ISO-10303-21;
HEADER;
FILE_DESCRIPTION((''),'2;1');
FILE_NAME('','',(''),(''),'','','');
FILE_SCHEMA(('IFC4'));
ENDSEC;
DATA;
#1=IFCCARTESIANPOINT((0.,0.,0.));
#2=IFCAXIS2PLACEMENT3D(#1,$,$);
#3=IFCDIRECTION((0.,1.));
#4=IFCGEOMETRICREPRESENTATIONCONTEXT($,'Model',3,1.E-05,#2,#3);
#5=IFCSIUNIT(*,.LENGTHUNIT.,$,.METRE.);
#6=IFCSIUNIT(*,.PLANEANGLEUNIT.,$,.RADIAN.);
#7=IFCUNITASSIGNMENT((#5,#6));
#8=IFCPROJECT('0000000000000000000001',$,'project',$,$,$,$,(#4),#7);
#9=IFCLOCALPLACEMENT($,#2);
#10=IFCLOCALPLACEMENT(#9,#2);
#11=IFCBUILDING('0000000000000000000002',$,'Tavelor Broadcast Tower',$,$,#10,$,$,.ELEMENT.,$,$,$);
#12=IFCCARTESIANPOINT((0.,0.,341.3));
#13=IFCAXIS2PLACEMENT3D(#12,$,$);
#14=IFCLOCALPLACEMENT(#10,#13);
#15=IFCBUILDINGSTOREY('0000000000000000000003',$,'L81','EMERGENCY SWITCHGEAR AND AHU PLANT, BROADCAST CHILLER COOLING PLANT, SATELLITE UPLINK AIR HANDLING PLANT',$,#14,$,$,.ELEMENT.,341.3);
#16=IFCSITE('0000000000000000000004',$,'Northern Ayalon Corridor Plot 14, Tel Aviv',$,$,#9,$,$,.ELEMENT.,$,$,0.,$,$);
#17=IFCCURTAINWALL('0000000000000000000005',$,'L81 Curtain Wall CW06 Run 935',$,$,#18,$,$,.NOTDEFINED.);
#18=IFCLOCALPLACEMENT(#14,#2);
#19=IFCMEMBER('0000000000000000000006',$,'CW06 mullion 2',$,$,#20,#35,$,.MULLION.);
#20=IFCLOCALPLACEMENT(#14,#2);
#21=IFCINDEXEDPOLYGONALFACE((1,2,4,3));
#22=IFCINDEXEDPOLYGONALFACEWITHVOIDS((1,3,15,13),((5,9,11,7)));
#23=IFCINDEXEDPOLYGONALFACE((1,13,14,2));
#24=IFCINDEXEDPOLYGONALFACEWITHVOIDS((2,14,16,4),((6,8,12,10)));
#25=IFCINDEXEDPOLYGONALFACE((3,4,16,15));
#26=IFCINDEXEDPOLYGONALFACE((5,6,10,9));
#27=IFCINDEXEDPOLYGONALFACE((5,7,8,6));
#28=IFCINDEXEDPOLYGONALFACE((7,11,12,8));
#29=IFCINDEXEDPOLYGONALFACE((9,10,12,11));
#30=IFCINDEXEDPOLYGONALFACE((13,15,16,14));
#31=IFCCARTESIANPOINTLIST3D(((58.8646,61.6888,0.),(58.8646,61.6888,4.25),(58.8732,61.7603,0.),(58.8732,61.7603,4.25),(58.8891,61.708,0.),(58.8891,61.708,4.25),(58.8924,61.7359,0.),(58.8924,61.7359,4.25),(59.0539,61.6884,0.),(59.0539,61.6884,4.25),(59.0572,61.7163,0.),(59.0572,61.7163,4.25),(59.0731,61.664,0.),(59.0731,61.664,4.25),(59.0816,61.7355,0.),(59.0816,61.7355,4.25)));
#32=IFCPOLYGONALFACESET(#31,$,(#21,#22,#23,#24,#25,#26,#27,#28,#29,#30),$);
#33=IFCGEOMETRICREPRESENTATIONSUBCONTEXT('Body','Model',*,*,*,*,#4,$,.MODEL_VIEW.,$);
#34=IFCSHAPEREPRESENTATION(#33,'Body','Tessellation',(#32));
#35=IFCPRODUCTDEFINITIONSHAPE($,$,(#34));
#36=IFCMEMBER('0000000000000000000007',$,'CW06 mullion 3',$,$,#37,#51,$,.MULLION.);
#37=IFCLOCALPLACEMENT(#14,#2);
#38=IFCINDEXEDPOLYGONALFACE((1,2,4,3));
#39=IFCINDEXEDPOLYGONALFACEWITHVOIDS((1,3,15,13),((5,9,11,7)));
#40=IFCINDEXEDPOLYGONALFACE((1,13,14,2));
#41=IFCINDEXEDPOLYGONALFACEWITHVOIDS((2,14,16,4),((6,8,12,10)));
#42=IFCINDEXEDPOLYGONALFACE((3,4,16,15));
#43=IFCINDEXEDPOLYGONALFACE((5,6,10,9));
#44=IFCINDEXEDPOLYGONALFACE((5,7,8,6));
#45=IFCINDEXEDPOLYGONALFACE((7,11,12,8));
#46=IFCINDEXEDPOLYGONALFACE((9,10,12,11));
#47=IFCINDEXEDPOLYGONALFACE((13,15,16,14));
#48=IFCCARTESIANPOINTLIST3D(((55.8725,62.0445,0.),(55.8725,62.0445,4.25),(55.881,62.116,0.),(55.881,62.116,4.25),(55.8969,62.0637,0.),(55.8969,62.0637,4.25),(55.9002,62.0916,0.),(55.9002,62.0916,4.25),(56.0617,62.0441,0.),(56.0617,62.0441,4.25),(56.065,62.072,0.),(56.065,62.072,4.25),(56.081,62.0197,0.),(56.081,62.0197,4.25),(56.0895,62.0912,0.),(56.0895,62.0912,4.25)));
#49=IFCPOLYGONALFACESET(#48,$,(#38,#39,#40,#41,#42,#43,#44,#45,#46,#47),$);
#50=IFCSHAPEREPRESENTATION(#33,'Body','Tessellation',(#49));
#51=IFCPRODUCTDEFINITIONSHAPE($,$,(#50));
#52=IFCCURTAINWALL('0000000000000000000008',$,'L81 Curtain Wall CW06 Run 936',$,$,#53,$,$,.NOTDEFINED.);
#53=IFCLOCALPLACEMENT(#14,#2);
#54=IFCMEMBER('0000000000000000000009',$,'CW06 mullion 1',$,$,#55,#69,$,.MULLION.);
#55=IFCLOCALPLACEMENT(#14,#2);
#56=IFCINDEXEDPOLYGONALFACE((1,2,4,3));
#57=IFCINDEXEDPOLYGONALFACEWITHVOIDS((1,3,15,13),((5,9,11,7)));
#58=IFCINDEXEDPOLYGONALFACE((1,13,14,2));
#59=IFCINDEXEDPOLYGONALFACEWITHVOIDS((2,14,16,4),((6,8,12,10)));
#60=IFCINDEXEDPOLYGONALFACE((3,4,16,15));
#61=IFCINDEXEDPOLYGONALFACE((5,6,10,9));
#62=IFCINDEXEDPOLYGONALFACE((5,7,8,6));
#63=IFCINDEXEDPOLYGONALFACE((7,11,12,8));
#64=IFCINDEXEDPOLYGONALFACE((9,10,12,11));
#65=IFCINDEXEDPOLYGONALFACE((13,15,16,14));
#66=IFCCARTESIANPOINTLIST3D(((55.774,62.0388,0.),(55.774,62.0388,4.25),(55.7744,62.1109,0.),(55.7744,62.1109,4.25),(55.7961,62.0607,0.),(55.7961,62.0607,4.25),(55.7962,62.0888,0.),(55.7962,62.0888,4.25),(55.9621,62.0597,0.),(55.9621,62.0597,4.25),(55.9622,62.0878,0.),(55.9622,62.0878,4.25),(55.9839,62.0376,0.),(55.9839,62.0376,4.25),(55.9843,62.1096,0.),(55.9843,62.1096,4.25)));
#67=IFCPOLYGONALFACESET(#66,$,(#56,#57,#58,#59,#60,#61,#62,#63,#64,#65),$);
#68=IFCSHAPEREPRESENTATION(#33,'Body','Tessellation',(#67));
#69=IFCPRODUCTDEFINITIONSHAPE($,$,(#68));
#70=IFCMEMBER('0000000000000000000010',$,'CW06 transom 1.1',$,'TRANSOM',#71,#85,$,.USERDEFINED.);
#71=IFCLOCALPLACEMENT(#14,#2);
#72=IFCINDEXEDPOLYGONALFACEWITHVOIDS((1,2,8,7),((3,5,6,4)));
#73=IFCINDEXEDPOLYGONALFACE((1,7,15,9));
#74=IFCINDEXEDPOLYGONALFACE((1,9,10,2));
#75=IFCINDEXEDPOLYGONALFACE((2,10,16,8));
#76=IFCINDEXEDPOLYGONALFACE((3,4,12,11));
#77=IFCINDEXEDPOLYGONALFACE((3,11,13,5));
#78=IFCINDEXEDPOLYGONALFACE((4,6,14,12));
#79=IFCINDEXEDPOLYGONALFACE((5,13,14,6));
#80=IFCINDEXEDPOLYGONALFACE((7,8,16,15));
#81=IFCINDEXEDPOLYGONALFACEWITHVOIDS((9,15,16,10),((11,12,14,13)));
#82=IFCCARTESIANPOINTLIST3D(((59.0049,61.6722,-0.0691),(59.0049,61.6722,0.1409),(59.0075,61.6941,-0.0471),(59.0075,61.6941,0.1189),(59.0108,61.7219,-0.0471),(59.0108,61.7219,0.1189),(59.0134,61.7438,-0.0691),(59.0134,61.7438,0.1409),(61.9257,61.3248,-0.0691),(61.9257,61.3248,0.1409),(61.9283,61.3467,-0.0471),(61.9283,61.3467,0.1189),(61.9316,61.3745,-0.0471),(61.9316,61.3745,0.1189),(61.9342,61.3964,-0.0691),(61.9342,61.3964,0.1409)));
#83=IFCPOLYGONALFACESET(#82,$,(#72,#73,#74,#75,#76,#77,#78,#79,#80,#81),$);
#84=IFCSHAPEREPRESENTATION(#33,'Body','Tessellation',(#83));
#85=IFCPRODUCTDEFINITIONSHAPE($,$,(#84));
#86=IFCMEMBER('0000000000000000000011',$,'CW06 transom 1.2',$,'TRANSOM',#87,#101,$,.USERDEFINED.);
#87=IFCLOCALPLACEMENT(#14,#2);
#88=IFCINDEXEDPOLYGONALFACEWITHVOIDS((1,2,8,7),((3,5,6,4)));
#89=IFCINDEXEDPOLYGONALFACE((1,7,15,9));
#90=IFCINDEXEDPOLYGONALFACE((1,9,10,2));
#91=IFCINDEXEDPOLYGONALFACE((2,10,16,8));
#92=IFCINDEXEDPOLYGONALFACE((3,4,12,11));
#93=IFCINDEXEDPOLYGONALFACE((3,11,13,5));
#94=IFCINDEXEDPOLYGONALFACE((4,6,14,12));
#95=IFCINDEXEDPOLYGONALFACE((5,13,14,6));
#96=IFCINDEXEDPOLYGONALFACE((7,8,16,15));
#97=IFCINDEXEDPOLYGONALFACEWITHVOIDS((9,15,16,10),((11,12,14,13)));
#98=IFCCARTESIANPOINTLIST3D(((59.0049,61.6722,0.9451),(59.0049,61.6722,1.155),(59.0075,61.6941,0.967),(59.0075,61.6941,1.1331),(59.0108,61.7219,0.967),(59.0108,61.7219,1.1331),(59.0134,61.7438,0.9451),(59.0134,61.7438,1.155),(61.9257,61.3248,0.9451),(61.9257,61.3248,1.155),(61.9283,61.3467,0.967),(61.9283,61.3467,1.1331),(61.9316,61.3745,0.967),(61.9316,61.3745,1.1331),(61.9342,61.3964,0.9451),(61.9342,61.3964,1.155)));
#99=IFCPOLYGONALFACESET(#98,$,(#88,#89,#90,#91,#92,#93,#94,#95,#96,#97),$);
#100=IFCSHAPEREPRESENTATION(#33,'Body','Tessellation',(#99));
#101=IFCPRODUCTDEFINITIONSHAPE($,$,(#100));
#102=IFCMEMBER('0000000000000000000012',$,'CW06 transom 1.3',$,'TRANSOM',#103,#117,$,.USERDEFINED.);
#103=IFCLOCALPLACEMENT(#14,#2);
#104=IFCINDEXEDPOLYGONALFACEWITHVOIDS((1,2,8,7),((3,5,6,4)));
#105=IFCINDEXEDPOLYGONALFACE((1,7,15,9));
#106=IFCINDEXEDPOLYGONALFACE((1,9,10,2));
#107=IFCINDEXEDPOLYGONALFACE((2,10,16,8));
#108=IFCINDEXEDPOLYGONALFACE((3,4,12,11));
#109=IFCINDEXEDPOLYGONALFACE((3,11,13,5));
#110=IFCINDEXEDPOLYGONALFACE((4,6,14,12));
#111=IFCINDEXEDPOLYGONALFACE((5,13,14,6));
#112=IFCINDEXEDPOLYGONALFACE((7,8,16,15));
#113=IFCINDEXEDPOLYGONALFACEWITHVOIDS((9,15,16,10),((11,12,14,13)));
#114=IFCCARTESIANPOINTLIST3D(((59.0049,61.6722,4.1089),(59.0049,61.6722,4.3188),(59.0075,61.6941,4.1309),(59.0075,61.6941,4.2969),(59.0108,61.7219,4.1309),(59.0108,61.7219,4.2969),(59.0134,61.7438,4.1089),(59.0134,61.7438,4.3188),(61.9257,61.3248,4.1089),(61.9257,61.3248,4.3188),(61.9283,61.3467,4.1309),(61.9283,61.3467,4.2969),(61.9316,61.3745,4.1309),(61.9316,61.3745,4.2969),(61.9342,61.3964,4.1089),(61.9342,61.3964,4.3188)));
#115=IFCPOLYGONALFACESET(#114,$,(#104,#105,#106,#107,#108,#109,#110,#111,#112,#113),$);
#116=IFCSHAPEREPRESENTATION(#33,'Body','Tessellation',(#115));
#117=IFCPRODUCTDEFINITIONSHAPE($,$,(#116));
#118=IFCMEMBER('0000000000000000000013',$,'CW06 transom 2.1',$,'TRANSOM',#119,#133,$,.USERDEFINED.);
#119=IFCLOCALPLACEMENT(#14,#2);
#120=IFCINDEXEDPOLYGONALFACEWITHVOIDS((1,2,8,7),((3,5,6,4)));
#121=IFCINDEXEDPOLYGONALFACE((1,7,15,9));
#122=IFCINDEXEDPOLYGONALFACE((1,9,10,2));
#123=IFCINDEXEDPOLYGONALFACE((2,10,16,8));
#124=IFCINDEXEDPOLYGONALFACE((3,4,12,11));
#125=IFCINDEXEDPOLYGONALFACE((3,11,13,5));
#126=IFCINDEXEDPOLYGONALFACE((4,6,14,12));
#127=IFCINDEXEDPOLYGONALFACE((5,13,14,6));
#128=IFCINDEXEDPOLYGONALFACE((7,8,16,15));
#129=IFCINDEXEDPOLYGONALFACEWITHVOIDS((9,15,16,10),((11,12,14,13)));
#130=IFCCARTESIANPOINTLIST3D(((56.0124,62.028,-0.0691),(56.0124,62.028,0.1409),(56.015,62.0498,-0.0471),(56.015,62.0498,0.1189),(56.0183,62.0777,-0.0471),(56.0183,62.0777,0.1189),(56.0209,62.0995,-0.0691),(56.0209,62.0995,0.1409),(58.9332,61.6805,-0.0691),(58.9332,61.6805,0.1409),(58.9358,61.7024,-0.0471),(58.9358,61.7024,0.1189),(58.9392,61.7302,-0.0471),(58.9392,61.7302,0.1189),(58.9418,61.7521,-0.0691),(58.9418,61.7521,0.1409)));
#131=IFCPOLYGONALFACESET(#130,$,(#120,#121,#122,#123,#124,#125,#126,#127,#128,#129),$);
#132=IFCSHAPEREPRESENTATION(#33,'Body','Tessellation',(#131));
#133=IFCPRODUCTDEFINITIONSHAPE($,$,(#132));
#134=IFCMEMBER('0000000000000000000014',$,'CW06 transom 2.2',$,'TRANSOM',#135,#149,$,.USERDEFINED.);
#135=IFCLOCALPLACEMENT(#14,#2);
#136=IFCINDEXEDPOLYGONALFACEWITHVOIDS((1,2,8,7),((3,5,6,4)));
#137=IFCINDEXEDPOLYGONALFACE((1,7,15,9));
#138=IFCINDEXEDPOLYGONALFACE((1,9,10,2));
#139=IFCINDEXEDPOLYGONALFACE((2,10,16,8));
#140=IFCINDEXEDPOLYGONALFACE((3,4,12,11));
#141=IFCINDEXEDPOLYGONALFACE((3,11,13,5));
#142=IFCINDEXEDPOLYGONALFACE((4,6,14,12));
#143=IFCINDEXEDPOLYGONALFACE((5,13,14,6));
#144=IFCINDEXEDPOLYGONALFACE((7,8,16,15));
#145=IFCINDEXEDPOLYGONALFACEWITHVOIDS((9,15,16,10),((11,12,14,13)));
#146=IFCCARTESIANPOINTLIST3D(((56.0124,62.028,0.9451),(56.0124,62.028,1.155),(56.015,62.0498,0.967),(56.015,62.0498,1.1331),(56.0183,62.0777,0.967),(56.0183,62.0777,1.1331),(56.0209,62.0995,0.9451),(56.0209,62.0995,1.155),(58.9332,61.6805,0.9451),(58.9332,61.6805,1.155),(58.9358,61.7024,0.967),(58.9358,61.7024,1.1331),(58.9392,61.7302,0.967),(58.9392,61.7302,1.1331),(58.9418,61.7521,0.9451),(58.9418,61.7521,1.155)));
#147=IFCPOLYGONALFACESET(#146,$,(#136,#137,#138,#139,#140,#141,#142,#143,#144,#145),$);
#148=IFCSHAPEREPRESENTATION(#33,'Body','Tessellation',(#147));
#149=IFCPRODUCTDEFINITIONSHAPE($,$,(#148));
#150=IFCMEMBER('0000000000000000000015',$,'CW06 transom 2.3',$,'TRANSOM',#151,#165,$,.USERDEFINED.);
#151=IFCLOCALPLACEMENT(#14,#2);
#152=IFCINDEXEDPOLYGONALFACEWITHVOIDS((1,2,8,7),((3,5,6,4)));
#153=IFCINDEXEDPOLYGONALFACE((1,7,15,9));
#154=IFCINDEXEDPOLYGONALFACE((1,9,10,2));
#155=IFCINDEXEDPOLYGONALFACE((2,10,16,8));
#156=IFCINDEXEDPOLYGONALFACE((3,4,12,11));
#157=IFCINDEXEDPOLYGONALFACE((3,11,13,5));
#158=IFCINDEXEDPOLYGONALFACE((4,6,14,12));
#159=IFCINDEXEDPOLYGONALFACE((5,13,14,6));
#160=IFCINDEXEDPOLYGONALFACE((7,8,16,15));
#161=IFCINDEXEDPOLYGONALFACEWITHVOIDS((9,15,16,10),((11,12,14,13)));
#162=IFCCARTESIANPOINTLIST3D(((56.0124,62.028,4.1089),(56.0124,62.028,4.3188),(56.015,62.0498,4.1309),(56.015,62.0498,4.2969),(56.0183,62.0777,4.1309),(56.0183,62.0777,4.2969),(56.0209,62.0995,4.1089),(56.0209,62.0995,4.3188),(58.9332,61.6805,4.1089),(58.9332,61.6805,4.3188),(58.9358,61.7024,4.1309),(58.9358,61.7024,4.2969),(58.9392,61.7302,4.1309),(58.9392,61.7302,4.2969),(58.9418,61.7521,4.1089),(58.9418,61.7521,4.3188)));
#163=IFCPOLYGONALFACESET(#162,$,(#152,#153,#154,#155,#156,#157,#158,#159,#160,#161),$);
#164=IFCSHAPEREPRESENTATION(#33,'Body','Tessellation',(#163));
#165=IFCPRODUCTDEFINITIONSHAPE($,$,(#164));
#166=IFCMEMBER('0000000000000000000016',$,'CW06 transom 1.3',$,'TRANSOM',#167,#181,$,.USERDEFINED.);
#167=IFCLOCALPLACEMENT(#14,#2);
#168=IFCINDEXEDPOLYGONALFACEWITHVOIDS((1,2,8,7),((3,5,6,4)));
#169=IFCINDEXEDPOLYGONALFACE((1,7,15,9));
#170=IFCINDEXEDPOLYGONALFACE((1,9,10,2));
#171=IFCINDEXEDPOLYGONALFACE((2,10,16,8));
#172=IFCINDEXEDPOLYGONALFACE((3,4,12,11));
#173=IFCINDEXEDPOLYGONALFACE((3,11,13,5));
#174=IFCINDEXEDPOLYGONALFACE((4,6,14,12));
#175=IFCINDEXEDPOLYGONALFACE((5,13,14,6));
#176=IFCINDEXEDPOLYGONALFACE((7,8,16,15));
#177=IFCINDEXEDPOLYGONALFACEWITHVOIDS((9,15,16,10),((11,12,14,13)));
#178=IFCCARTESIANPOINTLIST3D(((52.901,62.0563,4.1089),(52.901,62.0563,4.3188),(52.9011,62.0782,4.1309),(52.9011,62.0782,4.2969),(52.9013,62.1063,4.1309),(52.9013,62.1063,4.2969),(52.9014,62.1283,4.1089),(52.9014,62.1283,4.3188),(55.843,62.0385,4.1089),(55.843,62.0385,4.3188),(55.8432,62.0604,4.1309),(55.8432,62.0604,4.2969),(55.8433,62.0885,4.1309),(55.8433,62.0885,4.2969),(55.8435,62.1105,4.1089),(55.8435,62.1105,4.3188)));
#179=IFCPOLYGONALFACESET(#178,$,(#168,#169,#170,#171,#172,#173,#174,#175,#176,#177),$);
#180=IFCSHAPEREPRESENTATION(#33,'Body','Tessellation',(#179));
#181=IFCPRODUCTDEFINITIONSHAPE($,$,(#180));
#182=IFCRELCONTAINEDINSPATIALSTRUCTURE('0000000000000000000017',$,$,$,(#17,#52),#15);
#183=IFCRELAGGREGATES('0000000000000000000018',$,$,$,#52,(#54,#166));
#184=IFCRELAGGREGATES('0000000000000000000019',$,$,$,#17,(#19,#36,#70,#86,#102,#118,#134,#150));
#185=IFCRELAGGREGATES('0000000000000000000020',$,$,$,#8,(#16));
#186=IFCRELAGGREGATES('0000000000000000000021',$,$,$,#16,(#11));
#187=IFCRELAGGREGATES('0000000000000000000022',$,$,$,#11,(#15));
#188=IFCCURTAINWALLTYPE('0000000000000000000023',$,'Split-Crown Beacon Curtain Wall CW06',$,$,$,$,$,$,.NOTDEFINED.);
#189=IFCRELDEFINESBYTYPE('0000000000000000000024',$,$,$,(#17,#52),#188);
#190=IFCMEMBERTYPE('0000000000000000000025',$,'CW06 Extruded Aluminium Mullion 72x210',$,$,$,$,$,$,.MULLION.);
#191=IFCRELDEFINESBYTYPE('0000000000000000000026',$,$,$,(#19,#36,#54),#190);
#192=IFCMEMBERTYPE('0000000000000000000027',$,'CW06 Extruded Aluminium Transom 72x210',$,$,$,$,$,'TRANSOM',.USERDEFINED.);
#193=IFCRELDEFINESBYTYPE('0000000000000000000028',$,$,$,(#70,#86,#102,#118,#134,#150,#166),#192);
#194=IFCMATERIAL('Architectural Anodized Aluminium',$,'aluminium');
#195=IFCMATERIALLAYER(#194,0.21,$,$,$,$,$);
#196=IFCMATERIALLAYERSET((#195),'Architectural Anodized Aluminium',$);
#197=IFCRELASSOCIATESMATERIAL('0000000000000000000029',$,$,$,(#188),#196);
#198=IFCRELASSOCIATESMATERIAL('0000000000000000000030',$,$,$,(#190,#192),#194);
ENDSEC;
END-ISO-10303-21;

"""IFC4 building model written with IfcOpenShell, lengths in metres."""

from ifc_helpers import new_model, si_unit, direction, frame, origin, origin_2d, place, context, subcontext, project, spatial, hollow_rectangle, extrude, source, transform, mapped, material, layer, layer_set, material_profile, profile_set, type_object, type_shapes, element, aggregate, save


model = new_model("IFC4")

# Units and contexts
model_context = context("Model", 3, precision=1e-05, world=origin(), true_north=direction((0.0, 1.0)))
body_context = subcontext(model_context, "Body", "Model", "MODEL_VIEW")
ifc_project = project(units=[si_unit("LENGTHUNIT", "METRE"), si_unit("PLANEANGLEUNIT", "RADIAN")], contexts=[model_context])

# Site, building, storey
site_placement = place(None, origin())
site = spatial("IfcSite", under=ifc_project, at=site_placement, Name="Northern Ayalon Corridor Plot 14, Tel Aviv", CompositionType="ELEMENT", RefElevation=0.0)
building_placement = place(site_placement, origin())
building = spatial("IfcBuilding", under=site, at=building_placement, Name="Tavelor Broadcast Tower", CompositionType="ELEMENT")
storey_placement = place(building_placement, frame((0.0, 0.0, 341.3)))
storey = spatial("IfcBuildingStorey", under=building, at=storey_placement, Name="L81", Description="EMERGENCY SWITCHGEAR AND AHU PLANT, BROADCAST CHILLER COOLING PLANT, SATELLITE UPLINK AIR HANDLING PLANT", CompositionType="ELEMENT", Elevation=341.3)

# Shared definitions
ifc_material_1 = material(Name="Architectural Anodized Aluminium", Category="aluminium")
ifc_layer_1 = layer(ifc_material_1, 0.21)
ifc_layer_set_1 = layer_set([ifc_layer_1], Name="Architectural Anodized Aluminium")
curtain_wall_type = type_object("IfcCurtainWallType", Name="Split-Crown Beacon Curtain Wall CW06", PredefinedType="NOTDEFINED", material=ifc_layer_set_1)
ifc_material_profile_1 = material_profile(ifc_material_1, hollow_rectangle(XDim=0.072, YDim=0.21, WallThickness=0.022, at=origin_2d()), Name="RHS 72x210x22")
ifc_profile_set_1 = profile_set([ifc_material_profile_1], Name="Architectural Anodized Aluminium")
member_type_1 = type_object("IfcMemberType", Name="CW06 Extruded Aluminium Mullion 72x210", PredefinedType="MULLION", material=ifc_profile_set_1)
shared_shape_1 = source(origin(), body_context, "Body", "SweptSolid", [
    extrude(hollow_rectangle(XDim=0.072, YDim=0.21, WallThickness=0.022, at=origin_2d()), origin(), (0.0, 0.0, 1.0), 4.25),
])
type_shapes(member_type_1, [shared_shape_1])

# Curtain wall, members
curtain_wall_1_placement = place(storey_placement, origin())
curtain_wall_1 = element("IfcCurtainWall", 1, at=curtain_wall_1_placement, inside=storey, type_object=curtain_wall_type, Name="L81 Curtain Wall CW06 Run 935", PredefinedType="NOTDEFINED")
member_1_placement = place(storey_placement, frame((58.9731, 61.7122, 0.0), z_axis=(0.0, 0.0, 1.0), x_axis=(-0.118069, -0.993005, 0.0)))
member_1 = element("IfcMember", 2, at=member_1_placement, type_object=member_type_1, Name="CW06 mullion 2", PredefinedType="MULLION", context=body_context, shape_type="MappedRepresentation", body=[
    mapped(shared_shape_1, transform((0.0, 0.0, 0.0), scale=1.0)),
])
member_2_placement = place(storey_placement, frame((55.981, 62.0679, 0.0), z_axis=(0.0, 0.0, 1.0), x_axis=(-0.118069, -0.993005, 0.0)))
member_2 = element("IfcMember", 3, at=member_2_placement, type_object=member_type_1, Name="CW06 mullion 3", PredefinedType="MULLION", context=body_context, shape_type="MappedRepresentation", body=[
    mapped(shared_shape_1, transform((0.0, 0.0, 0.0), scale=1.0)),
])

# Curtain wall, member
curtain_wall_2_placement = place(storey_placement, origin())
curtain_wall_2 = element("IfcCurtainWall", 4, at=curtain_wall_2_placement, inside=storey, type_object=curtain_wall_type, Name="L81 Curtain Wall CW06 Run 936", PredefinedType="NOTDEFINED")
member_3_placement = place(storey_placement, frame((55.8792, 62.0742, 0.0), z_axis=(0.0, 0.0, 1.0), x_axis=(-0.006082, -0.999982, 0.0)))
member_3 = element("IfcMember", 5, at=member_3_placement, type_object=member_type_1, Name="CW06 mullion 1", PredefinedType="MULLION", context=body_context, shape_type="MappedRepresentation", body=[
    mapped(shared_shape_1, transform((0.0, 0.0, 0.0), scale=1.0)),
])

# Members
ifc_material_profile_2 = material_profile(ifc_material_1, hollow_rectangle(XDim=0.072, YDim=0.21, WallThickness=0.022, at=origin_2d()), Name="RHS 72x210x22")
ifc_profile_set_2 = profile_set([ifc_material_profile_2], Name="Architectural Anodized Aluminium")
member_type_2 = type_object("IfcMemberType", Name="CW06 Extruded Aluminium Transom 72x210", ElementType="TRANSOM", PredefinedType="USERDEFINED", material=ifc_profile_set_2)
shared_shape_2 = source(origin(), body_context, "Body", "SweptSolid", [
    extrude(hollow_rectangle(XDim=0.072, YDim=0.21, WallThickness=0.022, at=origin_2d()), origin(), (0.0, 0.0, 1.0), 2.9414),
])
member_4_placement = place(storey_placement, frame((61.9299, 61.3606, 0.0359), z_axis=(-0.993001, 0.118108, 0.0), x_axis=(-0.118108, -0.993001, 0.0)))
member_4 = element("IfcMember", 6, at=member_4_placement, type_object=member_type_2, Name="CW06 transom 1.1", ObjectType="TRANSOM", PredefinedType="USERDEFINED", context=body_context, shape_type="MappedRepresentation", body=[
    mapped(shared_shape_2, transform((0.0, 0.0, 0.0), scale=1.0)),
])
member_5_placement = place(storey_placement, frame((61.9299, 61.3606, 1.05), z_axis=(-0.993001, 0.118108, 0.0), x_axis=(-0.118108, -0.993001, 0.0)))
member_5 = element("IfcMember", 7, at=member_5_placement, type_object=member_type_2, Name="CW06 transom 1.2", ObjectType="TRANSOM", PredefinedType="USERDEFINED", context=body_context, shape_type="MappedRepresentation", body=[
    mapped(shared_shape_2, transform((0.0, 0.0, 0.0), scale=1.0)),
])
member_6_placement = place(storey_placement, frame((61.9299, 61.3606, 4.2139), z_axis=(-0.993001, 0.118108, 0.0), x_axis=(-0.118108, -0.993001, 0.0)))
member_6 = element("IfcMember", 8, at=member_6_placement, type_object=member_type_2, Name="CW06 transom 1.3", ObjectType="TRANSOM", PredefinedType="USERDEFINED", context=body_context, shape_type="MappedRepresentation", body=[
    mapped(shared_shape_2, transform((0.0, 0.0, 0.0), scale=1.0)),
])
member_7_placement = place(storey_placement, frame((58.9375, 61.7163, 0.0359), z_axis=(-0.993001, 0.118108, 0.0), x_axis=(-0.118108, -0.993001, 0.0)))
member_7 = element("IfcMember", 9, at=member_7_placement, type_object=member_type_2, Name="CW06 transom 2.1", ObjectType="TRANSOM", PredefinedType="USERDEFINED", context=body_context, shape_type="MappedRepresentation", body=[
    mapped(shared_shape_2, transform((0.0, 0.0, 0.0), scale=1.0)),
])
member_8_placement = place(storey_placement, frame((58.9375, 61.7163, 1.05), z_axis=(-0.993001, 0.118108, 0.0), x_axis=(-0.118108, -0.993001, 0.0)))
member_8 = element("IfcMember", 10, at=member_8_placement, type_object=member_type_2, Name="CW06 transom 2.2", ObjectType="TRANSOM", PredefinedType="USERDEFINED", context=body_context, shape_type="MappedRepresentation", body=[
    mapped(shared_shape_2, transform((0.0, 0.0, 0.0), scale=1.0)),
])
member_9_placement = place(storey_placement, frame((58.9375, 61.7163, 4.2139), z_axis=(-0.993001, 0.118108, 0.0), x_axis=(-0.118108, -0.993001, 0.0)))
member_9 = element("IfcMember", 11, at=member_9_placement, type_object=member_type_2, Name="CW06 transom 2.3", ObjectType="TRANSOM", PredefinedType="USERDEFINED", context=body_context, shape_type="MappedRepresentation", body=[
    mapped(shared_shape_2, transform((0.0, 0.0, 0.0), scale=1.0)),
])
shared_shape_3 = source(origin(), body_context, "Body", "SweptSolid", [
    extrude(hollow_rectangle(XDim=0.072, YDim=0.21, WallThickness=0.022, at=origin_2d()), origin(), (0.0, 0.0, 1.0), 2.9421),
])
type_shapes(member_type_2, [shared_shape_2, shared_shape_3])
member_10_placement = place(storey_placement, frame((55.8433, 62.0745, 4.2139), z_axis=(-0.999982, 0.006057, 0.0), x_axis=(-0.006057, -0.999982, 0.0)))
member_10 = element("IfcMember", 12, at=member_10_placement, type_object=member_type_2, Name="CW06 transom 1.3", ObjectType="TRANSOM", PredefinedType="USERDEFINED", context=body_context, shape_type="MappedRepresentation", body=[
    mapped(shared_shape_3, transform((0.0, 0.0, 0.0), scale=1.0)),
])
aggregate(curtain_wall_2, [member_3, member_10])

aggregate(curtain_wall_1, [member_1, member_2, member_4, member_5, member_6, member_7, member_8, member_9])

save(model, "model.ifc")
